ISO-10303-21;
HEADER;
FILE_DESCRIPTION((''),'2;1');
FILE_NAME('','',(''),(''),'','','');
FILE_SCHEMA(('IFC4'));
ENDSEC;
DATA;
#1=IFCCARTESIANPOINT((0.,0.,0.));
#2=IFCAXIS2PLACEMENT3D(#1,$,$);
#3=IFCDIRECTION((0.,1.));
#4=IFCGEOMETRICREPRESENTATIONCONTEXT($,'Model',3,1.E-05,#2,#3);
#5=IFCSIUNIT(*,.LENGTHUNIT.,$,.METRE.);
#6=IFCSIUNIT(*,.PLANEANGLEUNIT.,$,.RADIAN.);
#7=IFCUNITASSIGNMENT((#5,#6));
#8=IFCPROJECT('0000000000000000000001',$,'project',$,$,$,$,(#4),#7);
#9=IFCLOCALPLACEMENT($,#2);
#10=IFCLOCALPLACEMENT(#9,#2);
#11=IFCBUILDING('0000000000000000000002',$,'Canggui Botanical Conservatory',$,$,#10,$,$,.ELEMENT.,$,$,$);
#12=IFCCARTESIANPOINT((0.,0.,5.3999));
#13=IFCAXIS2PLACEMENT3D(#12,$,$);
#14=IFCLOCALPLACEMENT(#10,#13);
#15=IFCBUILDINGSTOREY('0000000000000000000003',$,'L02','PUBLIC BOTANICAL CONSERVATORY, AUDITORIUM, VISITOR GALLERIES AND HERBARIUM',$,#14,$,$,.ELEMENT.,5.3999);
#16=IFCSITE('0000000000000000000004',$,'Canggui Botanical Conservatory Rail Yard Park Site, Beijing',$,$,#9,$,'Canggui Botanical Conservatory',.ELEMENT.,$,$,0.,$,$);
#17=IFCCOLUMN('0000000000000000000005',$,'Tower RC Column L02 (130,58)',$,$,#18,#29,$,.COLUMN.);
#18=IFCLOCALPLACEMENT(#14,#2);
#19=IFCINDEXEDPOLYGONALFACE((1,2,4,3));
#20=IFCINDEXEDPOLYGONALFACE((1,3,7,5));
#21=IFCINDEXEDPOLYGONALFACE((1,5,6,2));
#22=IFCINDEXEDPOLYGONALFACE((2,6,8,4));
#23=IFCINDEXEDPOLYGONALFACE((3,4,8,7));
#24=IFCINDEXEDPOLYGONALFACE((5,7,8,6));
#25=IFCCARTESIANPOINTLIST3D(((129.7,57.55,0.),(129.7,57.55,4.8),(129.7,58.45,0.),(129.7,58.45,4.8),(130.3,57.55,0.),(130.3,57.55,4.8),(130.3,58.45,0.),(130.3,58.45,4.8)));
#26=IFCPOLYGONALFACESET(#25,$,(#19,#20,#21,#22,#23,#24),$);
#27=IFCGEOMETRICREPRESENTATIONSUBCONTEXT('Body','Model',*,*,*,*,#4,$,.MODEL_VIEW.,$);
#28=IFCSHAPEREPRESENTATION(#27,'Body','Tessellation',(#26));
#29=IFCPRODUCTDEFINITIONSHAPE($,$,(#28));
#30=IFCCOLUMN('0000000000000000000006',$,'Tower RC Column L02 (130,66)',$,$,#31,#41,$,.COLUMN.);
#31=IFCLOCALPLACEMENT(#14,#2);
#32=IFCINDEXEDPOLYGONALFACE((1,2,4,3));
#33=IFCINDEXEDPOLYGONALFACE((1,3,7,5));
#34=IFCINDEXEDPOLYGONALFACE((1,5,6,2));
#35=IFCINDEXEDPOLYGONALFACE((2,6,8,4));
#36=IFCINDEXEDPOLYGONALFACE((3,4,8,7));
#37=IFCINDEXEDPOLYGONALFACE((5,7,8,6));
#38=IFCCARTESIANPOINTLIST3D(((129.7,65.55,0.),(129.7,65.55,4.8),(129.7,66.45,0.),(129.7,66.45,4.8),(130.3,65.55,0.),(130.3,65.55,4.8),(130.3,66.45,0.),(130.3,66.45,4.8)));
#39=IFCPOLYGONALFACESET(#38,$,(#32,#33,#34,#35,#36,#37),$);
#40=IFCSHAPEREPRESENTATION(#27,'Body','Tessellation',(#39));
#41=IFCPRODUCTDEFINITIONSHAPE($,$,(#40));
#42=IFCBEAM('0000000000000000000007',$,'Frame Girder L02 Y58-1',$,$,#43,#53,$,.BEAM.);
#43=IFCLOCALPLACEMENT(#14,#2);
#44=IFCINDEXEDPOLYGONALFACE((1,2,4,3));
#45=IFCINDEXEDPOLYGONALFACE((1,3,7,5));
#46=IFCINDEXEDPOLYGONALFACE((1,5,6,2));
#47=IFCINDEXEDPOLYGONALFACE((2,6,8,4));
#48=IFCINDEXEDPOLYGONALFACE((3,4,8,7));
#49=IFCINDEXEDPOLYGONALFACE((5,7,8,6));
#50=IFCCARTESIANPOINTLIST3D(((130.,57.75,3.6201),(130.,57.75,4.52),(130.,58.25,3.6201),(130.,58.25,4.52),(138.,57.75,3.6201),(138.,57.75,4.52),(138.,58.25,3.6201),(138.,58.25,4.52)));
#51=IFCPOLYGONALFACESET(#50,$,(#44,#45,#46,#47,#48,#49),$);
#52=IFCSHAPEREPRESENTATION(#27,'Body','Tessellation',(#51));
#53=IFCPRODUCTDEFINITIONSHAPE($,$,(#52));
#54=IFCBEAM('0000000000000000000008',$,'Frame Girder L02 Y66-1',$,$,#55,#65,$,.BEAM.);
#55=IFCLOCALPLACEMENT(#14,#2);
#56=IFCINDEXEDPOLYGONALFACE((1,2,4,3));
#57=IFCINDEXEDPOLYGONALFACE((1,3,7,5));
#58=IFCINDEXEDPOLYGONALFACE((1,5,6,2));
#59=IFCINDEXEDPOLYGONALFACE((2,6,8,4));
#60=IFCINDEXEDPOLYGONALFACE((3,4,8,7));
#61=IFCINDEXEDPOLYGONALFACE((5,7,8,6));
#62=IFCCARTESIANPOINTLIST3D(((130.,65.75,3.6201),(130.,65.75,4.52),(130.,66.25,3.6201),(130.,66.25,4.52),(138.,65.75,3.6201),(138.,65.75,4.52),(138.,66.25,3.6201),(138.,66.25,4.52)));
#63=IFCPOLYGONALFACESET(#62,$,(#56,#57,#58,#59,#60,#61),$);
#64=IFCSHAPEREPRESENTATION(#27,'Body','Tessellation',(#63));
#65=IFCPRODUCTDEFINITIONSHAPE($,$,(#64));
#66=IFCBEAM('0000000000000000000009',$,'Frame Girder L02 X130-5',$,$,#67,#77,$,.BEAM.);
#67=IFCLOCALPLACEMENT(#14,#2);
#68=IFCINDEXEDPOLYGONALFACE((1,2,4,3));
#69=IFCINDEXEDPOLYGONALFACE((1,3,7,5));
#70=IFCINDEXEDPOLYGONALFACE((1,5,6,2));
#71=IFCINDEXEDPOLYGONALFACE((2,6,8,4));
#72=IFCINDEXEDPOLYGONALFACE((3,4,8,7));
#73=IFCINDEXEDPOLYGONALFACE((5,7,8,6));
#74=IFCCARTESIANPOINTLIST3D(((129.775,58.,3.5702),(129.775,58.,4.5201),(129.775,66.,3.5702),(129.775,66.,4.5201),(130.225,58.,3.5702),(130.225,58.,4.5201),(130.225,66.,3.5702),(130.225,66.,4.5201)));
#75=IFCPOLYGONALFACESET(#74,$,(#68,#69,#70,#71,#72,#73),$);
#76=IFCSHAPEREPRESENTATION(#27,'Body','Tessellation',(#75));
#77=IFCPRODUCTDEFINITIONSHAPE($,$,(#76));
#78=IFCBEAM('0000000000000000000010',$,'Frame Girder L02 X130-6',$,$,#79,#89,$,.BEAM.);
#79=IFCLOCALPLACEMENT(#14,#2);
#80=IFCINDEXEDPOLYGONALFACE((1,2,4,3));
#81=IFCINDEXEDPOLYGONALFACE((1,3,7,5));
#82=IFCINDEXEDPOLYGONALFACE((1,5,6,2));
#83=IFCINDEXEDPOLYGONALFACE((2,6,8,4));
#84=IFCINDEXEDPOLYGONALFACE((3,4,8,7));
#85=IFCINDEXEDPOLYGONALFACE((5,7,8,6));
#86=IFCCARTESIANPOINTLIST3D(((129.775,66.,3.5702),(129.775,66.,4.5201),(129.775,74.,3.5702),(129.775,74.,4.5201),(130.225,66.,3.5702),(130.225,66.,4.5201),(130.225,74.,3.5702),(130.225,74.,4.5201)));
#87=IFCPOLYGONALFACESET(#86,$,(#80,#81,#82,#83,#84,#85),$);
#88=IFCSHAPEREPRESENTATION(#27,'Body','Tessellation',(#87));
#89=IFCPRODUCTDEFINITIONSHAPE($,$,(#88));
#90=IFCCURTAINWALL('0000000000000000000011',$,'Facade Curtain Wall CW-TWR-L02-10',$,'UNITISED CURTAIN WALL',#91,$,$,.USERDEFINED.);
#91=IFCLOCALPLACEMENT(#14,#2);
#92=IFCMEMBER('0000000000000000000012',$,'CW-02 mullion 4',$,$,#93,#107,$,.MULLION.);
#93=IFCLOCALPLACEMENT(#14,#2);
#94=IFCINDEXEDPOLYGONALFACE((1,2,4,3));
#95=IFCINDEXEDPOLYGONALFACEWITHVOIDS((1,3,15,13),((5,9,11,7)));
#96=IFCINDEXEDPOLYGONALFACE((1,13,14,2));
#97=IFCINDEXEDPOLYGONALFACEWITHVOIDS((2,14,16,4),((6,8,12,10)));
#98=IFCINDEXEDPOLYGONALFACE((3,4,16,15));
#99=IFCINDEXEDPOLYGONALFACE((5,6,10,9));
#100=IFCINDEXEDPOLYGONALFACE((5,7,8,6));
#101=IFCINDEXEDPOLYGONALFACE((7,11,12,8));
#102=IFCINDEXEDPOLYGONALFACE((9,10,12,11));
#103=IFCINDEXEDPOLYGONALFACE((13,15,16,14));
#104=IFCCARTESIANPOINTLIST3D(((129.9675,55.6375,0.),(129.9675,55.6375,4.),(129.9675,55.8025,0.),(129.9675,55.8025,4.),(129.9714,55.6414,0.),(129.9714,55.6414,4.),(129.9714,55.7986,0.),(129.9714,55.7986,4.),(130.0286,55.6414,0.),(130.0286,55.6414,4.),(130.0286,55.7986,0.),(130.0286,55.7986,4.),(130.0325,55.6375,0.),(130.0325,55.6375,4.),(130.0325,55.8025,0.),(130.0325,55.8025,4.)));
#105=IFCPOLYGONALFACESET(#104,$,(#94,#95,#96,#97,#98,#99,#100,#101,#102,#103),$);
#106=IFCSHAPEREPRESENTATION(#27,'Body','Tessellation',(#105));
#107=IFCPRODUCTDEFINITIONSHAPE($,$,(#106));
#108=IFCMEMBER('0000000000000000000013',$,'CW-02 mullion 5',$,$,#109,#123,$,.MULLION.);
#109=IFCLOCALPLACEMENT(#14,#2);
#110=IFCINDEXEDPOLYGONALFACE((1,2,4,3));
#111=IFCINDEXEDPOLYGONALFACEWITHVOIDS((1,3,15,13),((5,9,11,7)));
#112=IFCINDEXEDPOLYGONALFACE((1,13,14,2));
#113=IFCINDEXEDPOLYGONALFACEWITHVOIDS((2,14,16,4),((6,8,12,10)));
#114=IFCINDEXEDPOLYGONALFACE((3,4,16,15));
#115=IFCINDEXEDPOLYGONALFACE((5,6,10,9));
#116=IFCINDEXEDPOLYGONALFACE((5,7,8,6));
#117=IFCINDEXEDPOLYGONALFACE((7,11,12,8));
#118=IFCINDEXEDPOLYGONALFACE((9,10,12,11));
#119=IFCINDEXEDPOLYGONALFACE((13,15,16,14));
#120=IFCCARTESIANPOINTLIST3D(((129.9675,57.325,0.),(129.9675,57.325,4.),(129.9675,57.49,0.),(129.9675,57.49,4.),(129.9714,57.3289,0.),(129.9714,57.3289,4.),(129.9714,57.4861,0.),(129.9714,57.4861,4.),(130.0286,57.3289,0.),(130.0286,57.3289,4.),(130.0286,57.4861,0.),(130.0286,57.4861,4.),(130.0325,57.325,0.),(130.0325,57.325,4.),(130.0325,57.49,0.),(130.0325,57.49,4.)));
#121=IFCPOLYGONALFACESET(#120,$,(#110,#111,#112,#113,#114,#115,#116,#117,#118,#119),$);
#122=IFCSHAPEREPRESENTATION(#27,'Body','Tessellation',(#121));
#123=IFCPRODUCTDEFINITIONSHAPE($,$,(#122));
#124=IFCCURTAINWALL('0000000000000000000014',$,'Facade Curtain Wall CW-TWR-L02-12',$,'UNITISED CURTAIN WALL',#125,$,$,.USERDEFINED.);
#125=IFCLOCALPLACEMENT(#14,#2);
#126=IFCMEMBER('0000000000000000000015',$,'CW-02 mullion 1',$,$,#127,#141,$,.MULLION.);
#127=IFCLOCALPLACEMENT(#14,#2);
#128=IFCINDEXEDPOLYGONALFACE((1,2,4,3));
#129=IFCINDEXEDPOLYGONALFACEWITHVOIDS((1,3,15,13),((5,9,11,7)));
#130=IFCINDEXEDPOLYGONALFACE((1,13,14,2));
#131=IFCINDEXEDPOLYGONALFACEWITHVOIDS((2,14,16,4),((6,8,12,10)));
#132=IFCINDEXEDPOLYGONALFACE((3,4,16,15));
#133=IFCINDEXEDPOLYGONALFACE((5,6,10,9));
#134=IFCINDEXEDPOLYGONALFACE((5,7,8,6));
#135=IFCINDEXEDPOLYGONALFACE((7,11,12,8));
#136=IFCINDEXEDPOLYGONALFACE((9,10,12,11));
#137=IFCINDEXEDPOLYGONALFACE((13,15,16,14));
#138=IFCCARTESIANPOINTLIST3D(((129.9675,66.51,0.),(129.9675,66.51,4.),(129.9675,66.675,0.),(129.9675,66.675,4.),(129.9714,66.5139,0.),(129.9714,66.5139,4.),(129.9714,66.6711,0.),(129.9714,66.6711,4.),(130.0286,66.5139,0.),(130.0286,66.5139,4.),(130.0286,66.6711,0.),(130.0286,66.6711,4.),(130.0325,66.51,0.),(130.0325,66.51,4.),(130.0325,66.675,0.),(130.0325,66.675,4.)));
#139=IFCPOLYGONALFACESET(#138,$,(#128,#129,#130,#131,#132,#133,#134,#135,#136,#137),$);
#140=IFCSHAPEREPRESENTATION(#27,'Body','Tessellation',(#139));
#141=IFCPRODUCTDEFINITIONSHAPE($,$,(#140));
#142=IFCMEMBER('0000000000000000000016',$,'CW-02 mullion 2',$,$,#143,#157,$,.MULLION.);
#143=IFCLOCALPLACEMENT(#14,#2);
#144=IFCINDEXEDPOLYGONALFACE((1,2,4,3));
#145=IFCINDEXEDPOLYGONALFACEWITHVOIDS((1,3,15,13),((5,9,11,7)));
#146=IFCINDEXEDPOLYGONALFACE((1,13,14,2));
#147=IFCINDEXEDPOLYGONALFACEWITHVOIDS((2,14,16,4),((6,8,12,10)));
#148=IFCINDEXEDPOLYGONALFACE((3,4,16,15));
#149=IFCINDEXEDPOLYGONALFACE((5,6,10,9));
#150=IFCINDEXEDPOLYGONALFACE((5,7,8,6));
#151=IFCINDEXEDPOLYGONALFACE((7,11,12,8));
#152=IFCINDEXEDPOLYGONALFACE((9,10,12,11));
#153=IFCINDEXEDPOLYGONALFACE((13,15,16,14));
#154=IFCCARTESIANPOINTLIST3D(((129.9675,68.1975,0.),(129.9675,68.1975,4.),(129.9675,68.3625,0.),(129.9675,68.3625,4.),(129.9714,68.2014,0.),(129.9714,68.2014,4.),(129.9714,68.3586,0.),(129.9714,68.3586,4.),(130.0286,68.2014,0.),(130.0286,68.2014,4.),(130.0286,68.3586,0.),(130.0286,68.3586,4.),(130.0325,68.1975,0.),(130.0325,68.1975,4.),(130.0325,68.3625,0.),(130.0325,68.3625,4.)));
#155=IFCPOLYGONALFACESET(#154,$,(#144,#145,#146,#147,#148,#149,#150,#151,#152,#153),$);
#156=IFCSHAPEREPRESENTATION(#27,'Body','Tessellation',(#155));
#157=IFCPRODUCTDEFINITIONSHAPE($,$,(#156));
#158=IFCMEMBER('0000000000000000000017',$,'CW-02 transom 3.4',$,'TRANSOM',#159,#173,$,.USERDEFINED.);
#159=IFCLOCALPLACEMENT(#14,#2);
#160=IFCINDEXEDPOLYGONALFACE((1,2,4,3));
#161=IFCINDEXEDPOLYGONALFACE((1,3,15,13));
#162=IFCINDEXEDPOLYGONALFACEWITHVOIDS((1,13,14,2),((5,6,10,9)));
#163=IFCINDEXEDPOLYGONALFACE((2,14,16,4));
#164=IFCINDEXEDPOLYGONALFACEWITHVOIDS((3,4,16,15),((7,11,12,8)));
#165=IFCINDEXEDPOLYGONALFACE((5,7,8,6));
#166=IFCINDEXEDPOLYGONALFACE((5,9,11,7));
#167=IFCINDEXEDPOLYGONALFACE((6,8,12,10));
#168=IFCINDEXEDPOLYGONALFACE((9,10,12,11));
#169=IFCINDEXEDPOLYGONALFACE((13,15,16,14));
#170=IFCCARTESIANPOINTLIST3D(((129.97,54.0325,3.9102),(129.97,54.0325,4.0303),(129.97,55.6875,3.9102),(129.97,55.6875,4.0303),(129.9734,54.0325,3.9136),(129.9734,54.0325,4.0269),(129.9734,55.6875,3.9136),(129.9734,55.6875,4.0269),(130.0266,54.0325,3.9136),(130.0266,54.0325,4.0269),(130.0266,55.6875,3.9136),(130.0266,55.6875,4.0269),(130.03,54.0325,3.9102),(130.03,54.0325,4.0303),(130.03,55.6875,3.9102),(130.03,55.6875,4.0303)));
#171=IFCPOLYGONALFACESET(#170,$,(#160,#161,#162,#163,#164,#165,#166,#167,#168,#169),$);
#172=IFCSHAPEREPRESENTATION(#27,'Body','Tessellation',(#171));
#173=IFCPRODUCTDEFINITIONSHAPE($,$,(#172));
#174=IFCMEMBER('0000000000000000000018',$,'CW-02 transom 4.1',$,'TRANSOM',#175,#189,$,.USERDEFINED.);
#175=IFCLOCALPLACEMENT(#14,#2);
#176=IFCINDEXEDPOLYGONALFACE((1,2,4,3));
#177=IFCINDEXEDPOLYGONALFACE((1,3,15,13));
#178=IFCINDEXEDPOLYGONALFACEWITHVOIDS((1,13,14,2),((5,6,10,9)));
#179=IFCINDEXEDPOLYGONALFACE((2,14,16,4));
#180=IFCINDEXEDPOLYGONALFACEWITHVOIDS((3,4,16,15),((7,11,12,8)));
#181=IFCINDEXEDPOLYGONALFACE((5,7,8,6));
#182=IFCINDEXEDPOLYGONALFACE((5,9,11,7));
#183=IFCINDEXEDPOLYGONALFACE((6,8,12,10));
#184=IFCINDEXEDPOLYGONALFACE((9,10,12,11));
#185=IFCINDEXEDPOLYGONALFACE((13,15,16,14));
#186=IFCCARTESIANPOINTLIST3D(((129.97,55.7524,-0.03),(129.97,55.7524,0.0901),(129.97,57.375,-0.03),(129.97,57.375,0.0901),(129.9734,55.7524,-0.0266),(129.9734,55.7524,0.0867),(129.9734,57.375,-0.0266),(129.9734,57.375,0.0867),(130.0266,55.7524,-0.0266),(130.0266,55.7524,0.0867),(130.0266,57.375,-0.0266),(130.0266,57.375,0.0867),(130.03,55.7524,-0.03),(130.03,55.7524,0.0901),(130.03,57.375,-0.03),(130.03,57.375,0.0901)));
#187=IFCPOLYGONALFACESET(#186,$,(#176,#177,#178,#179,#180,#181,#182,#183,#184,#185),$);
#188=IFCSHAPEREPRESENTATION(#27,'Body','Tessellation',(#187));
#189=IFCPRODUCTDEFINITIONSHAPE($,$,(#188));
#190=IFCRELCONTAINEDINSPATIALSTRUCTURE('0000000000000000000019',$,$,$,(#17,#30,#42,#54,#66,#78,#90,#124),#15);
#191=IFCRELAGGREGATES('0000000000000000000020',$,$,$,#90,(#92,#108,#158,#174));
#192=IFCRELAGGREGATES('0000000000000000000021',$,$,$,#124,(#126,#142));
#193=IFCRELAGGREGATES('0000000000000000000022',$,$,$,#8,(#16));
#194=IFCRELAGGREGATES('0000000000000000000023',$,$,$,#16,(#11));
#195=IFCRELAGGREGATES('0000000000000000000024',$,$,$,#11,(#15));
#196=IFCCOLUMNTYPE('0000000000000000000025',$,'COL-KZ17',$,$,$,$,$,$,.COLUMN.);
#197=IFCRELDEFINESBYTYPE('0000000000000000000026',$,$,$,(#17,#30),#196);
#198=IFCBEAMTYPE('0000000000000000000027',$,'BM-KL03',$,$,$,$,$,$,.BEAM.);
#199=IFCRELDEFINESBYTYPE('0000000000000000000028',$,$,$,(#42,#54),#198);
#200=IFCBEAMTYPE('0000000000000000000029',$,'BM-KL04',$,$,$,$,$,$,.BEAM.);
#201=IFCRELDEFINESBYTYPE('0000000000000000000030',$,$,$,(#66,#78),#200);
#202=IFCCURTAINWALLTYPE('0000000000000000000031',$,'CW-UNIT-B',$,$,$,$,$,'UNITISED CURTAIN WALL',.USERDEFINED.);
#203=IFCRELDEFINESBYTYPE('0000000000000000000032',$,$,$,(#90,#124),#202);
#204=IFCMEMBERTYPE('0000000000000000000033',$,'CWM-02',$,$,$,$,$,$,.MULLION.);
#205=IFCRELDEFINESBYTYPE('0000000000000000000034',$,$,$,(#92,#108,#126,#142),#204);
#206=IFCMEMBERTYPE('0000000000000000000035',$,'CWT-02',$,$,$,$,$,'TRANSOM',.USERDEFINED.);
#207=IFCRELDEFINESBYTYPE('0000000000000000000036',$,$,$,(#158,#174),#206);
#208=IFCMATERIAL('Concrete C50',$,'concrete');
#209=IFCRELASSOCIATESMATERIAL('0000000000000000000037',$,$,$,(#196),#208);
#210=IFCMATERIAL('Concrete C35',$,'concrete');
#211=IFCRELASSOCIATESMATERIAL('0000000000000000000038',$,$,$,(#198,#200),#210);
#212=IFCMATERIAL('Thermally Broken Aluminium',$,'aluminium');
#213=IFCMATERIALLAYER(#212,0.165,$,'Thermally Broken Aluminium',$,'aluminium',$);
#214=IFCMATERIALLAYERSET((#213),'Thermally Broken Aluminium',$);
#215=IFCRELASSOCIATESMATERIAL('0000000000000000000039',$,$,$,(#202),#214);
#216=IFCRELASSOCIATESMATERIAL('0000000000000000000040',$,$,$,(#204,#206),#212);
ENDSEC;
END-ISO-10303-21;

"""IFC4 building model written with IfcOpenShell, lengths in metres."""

from ifc_helpers import new_model, si_unit, direction, frame, origin, origin_2d, place, context, subcontext, project, spatial, rectangle, hollow_rectangle, extrude, material, layer, layer_set, material_profile, profile_set, type_object, element, aggregate, save


model = new_model("IFC4")

# Units and contexts
model_context = context("Model", 3, precision=1e-05, world=origin(), true_north=direction((0.0, 1.0)))
body_context = subcontext(model_context, "Body", "Model", "MODEL_VIEW")
ifc_project = project(units=[si_unit("LENGTHUNIT", "METRE"), si_unit("PLANEANGLEUNIT", "RADIAN")], contexts=[model_context])

# Site, building, storey
site_placement = place(None, origin())
site = spatial("IfcSite", under=ifc_project, at=site_placement, Name="Canggui Botanical Conservatory Rail Yard Park Site, Beijing", LongName="Canggui Botanical Conservatory", CompositionType="ELEMENT", RefElevation=0.0)
building_placement = place(site_placement, origin())
building = spatial("IfcBuilding", under=site, at=building_placement, Name="Canggui Botanical Conservatory", CompositionType="ELEMENT")
storey_placement = place(building_placement, frame((0.0, 0.0, 5.3999)))
storey = spatial("IfcBuildingStorey", under=building, at=storey_placement, Name="L02", Description="PUBLIC BOTANICAL CONSERVATORY, AUDITORIUM, VISITOR GALLERIES AND HERBARIUM", CompositionType="ELEMENT", Elevation=5.3999)

# Columns
ifc_material_1 = material(Name="Concrete C50", Category="concrete")
ifc_material_profile_1 = material_profile(ifc_material_1, rectangle(XDim=0.6001, YDim=0.8999, at=origin_2d()), Name="RC 600x900")
ifc_profile_set_1 = profile_set([ifc_material_profile_1], Name="Concrete C50")
column_type = type_object("IfcColumnType", Name="COL-KZ17", PredefinedType="COLUMN", material=ifc_profile_set_1)
for number, where, z_axis, x_axis, name in (
    (1, (130.0, 58.0, 0.0), (0.0, 0.0, 1.0), (1.0, 0.0, 0.0), "Tower RC Column L02 (130,58)"),
    (2, (130.0, 66.0, 0.0), (0.0, 0.0, 1.0), (1.0, 0.0, 0.0), "Tower RC Column L02 (130,66)"),
):
    element("IfcColumn", number, at=place(storey_placement, frame(where, z_axis=z_axis, x_axis=x_axis)), inside=storey, type_object=column_type, Name=name, PredefinedType="COLUMN", context=body_context, shape_type="SweptSolid", body=[
        extrude(rectangle(XDim=0.6001, YDim=0.8999, at=origin_2d()), origin(), (0.0, 0.0, 1.0), 4.8),
    ])

# Beams
ifc_material_2 = material(Name="Concrete C35", Category="concrete")
ifc_material_profile_2 = material_profile(ifc_material_2, rectangle(XDim=0.5, YDim=0.8999, at=origin_2d()), Name="RB 500x900")
ifc_profile_set_2 = profile_set([ifc_material_profile_2], Name="Concrete C35")
beam_type_1 = type_object("IfcBeamType", Name="BM-KL03", PredefinedType="BEAM", material=ifc_profile_set_2)
for number, where, z_axis, x_axis, name in (
    (3, (130.0, 58.0, 4.0701), (1.0, 0.0, 0.0), (0.0, 1.0, 0.0), "Frame Girder L02 Y58-1"),
    (4, (130.0, 66.0, 4.0701), (1.0, 0.0, 0.0), (0.0, 1.0, 0.0), "Frame Girder L02 Y66-1"),
):
    element("IfcBeam", number, at=place(storey_placement, frame(where, z_axis=z_axis, x_axis=x_axis)), inside=storey, type_object=beam_type_1, Name=name, PredefinedType="BEAM", context=body_context, shape_type="SweptSolid", body=[
        extrude(rectangle(XDim=0.5, YDim=0.8999, at=origin_2d()), origin(), (0.0, 0.0, 1.0), 8.0),
    ])
ifc_material_profile_3 = material_profile(ifc_material_2, rectangle(XDim=0.45, YDim=0.95, at=origin_2d()), Name="RB 450x950")
ifc_profile_set_3 = profile_set([ifc_material_profile_3], Name="Concrete C35")
beam_type_2 = type_object("IfcBeamType", Name="BM-KL04", PredefinedType="BEAM", material=ifc_profile_set_3)
for number, where, z_axis, x_axis, name in (
    (5, (130.0, 58.0, 4.0452), (0.0, 1.0, 0.0), (-1.0, 0.0, 0.0), "Frame Girder L02 X130-5"),
    (6, (130.0, 66.0, 4.0452), (0.0, 1.0, 0.0), (-1.0, 0.0, 0.0), "Frame Girder L02 X130-6"),
):
    element("IfcBeam", number, at=place(storey_placement, frame(where, z_axis=z_axis, x_axis=x_axis)), inside=storey, type_object=beam_type_2, Name=name, PredefinedType="BEAM", context=body_context, shape_type="SweptSolid", body=[
        extrude(rectangle(XDim=0.45, YDim=0.95, at=origin_2d()), origin(), (0.0, 0.0, 1.0), 8.0),
    ])

# Curtain walls, members
ifc_material_3 = material(Name="Thermally Broken Aluminium", Category="aluminium")
ifc_layer_1 = layer(ifc_material_3, 0.165, Name="Thermally Broken Aluminium", Category="aluminium")
ifc_layer_set_1 = layer_set([ifc_layer_1], Name="Thermally Broken Aluminium")
curtain_wall_type = type_object("IfcCurtainWallType", Name="CW-UNIT-B", ElementType="UNITISED CURTAIN WALL", PredefinedType="USERDEFINED", material=ifc_layer_set_1)
curtain_wall_1_placement = place(storey_placement, origin())
curtain_wall_1 = element("IfcCurtainWall", 7, at=curtain_wall_1_placement, inside=storey, type_object=curtain_wall_type, Name="Facade Curtain Wall CW-TWR-L02-10", ObjectType="UNITISED CURTAIN WALL", PredefinedType="USERDEFINED")
ifc_material_profile_4 = material_profile(ifc_material_3, hollow_rectangle(XDim=0.0649, YDim=0.165, WallThickness=0.0039, at=origin_2d()), Name="CWM 65x165x4")
ifc_profile_set_4 = profile_set([ifc_material_profile_4], Name="Thermally Broken Aluminium")
member_type_1 = type_object("IfcMemberType", Name="CWM-02", PredefinedType="MULLION", material=ifc_profile_set_4)
member_1_placement = place(storey_placement, frame((130.0, 55.72, 0.0), z_axis=(0.0, 0.0, 1.0), x_axis=(-1.0, 0.0, 0.0)))
member_1 = element("IfcMember", 8, at=member_1_placement, type_object=member_type_1, Name="CW-02 mullion 4", PredefinedType="MULLION", context=body_context, shape_type="SweptSolid", body=[
    extrude(hollow_rectangle(XDim=0.0649, YDim=0.165, WallThickness=0.0039, at=origin_2d()), origin(), (0.0, 0.0, 1.0), 4.0),
])
member_2_placement = place(storey_placement, frame((130.0, 57.4075, 0.0), z_axis=(0.0, 0.0, 1.0), x_axis=(-1.0, 0.0, 0.0)))
member_2 = element("IfcMember", 9, at=member_2_placement, type_object=member_type_1, Name="CW-02 mullion 5", PredefinedType="MULLION", context=body_context, shape_type="SweptSolid", body=[
    extrude(hollow_rectangle(XDim=0.0649, YDim=0.165, WallThickness=0.0039, at=origin_2d()), origin(), (0.0, 0.0, 1.0), 4.0),
])
curtain_wall_2_placement = place(storey_placement, origin())
curtain_wall_2 = element("IfcCurtainWall", 10, at=curtain_wall_2_placement, inside=storey, type_object=curtain_wall_type, Name="Facade Curtain Wall CW-TWR-L02-12", ObjectType="UNITISED CURTAIN WALL", PredefinedType="USERDEFINED")
member_3_placement = place(storey_placement, frame((130.0, 66.5925, 0.0), z_axis=(0.0, 0.0, 1.0), x_axis=(-1.0, 0.0, 0.0)))
member_3 = element("IfcMember", 11, at=member_3_placement, type_object=member_type_1, Name="CW-02 mullion 1", PredefinedType="MULLION", context=body_context, shape_type="SweptSolid", body=[
    extrude(hollow_rectangle(XDim=0.0649, YDim=0.165, WallThickness=0.0039, at=origin_2d()), origin(), (0.0, 0.0, 1.0), 4.0),
])
member_4_placement = place(storey_placement, frame((130.0, 68.28, 0.0), z_axis=(0.0, 0.0, 1.0), x_axis=(-1.0, 0.0, 0.0)))
member_4 = element("IfcMember", 12, at=member_4_placement, type_object=member_type_1, Name="CW-02 mullion 2", PredefinedType="MULLION", context=body_context, shape_type="SweptSolid", body=[
    extrude(hollow_rectangle(XDim=0.0649, YDim=0.165, WallThickness=0.0039, at=origin_2d()), origin(), (0.0, 0.0, 1.0), 4.0),
])

# Members
ifc_material_profile_5 = material_profile(ifc_material_3, hollow_rectangle(XDim=0.0601, YDim=0.1201, WallThickness=0.0034, at=origin_2d()), Name="CWT 60x120x3.5")
ifc_profile_set_5 = profile_set([ifc_material_profile_5], Name="Thermally Broken Aluminium")
member_type_2 = type_object("IfcMemberType", Name="CWT-02", ElementType="TRANSOM", PredefinedType="USERDEFINED", material=ifc_profile_set_5)
member_5_placement = place(storey_placement, frame((130.0, 54.0325, 3.9702), z_axis=(0.0, 1.0, 0.0), x_axis=(-1.0, 0.0, 0.0)))
member_5 = element("IfcMember", 13, at=member_5_placement, type_object=member_type_2, Name="CW-02 transom 3.4", ObjectType="TRANSOM", PredefinedType="USERDEFINED", context=body_context, shape_type="SweptSolid", body=[
    extrude(hollow_rectangle(XDim=0.0601, YDim=0.1201, WallThickness=0.0034, at=origin_2d()), origin(), (0.0, 0.0, 1.0), 1.655),
])
member_6_placement = place(storey_placement, frame((130.0, 55.7524, 0.03), z_axis=(0.0, 1.0, 0.0), x_axis=(-1.0, 0.0, 0.0)))
member_6 = element("IfcMember", 14, at=member_6_placement, type_object=member_type_2, Name="CW-02 transom 4.1", ObjectType="TRANSOM", PredefinedType="USERDEFINED", context=body_context, shape_type="SweptSolid", body=[
    extrude(hollow_rectangle(XDim=0.0601, YDim=0.1201, WallThickness=0.0034, at=origin_2d()), origin(), (0.0, 0.0, 1.0), 1.6226),
])

aggregate(curtain_wall_1, [member_1, member_2, member_5, member_6])
aggregate(curtain_wall_2, [member_3, member_4])

save(model, "model.ifc")
